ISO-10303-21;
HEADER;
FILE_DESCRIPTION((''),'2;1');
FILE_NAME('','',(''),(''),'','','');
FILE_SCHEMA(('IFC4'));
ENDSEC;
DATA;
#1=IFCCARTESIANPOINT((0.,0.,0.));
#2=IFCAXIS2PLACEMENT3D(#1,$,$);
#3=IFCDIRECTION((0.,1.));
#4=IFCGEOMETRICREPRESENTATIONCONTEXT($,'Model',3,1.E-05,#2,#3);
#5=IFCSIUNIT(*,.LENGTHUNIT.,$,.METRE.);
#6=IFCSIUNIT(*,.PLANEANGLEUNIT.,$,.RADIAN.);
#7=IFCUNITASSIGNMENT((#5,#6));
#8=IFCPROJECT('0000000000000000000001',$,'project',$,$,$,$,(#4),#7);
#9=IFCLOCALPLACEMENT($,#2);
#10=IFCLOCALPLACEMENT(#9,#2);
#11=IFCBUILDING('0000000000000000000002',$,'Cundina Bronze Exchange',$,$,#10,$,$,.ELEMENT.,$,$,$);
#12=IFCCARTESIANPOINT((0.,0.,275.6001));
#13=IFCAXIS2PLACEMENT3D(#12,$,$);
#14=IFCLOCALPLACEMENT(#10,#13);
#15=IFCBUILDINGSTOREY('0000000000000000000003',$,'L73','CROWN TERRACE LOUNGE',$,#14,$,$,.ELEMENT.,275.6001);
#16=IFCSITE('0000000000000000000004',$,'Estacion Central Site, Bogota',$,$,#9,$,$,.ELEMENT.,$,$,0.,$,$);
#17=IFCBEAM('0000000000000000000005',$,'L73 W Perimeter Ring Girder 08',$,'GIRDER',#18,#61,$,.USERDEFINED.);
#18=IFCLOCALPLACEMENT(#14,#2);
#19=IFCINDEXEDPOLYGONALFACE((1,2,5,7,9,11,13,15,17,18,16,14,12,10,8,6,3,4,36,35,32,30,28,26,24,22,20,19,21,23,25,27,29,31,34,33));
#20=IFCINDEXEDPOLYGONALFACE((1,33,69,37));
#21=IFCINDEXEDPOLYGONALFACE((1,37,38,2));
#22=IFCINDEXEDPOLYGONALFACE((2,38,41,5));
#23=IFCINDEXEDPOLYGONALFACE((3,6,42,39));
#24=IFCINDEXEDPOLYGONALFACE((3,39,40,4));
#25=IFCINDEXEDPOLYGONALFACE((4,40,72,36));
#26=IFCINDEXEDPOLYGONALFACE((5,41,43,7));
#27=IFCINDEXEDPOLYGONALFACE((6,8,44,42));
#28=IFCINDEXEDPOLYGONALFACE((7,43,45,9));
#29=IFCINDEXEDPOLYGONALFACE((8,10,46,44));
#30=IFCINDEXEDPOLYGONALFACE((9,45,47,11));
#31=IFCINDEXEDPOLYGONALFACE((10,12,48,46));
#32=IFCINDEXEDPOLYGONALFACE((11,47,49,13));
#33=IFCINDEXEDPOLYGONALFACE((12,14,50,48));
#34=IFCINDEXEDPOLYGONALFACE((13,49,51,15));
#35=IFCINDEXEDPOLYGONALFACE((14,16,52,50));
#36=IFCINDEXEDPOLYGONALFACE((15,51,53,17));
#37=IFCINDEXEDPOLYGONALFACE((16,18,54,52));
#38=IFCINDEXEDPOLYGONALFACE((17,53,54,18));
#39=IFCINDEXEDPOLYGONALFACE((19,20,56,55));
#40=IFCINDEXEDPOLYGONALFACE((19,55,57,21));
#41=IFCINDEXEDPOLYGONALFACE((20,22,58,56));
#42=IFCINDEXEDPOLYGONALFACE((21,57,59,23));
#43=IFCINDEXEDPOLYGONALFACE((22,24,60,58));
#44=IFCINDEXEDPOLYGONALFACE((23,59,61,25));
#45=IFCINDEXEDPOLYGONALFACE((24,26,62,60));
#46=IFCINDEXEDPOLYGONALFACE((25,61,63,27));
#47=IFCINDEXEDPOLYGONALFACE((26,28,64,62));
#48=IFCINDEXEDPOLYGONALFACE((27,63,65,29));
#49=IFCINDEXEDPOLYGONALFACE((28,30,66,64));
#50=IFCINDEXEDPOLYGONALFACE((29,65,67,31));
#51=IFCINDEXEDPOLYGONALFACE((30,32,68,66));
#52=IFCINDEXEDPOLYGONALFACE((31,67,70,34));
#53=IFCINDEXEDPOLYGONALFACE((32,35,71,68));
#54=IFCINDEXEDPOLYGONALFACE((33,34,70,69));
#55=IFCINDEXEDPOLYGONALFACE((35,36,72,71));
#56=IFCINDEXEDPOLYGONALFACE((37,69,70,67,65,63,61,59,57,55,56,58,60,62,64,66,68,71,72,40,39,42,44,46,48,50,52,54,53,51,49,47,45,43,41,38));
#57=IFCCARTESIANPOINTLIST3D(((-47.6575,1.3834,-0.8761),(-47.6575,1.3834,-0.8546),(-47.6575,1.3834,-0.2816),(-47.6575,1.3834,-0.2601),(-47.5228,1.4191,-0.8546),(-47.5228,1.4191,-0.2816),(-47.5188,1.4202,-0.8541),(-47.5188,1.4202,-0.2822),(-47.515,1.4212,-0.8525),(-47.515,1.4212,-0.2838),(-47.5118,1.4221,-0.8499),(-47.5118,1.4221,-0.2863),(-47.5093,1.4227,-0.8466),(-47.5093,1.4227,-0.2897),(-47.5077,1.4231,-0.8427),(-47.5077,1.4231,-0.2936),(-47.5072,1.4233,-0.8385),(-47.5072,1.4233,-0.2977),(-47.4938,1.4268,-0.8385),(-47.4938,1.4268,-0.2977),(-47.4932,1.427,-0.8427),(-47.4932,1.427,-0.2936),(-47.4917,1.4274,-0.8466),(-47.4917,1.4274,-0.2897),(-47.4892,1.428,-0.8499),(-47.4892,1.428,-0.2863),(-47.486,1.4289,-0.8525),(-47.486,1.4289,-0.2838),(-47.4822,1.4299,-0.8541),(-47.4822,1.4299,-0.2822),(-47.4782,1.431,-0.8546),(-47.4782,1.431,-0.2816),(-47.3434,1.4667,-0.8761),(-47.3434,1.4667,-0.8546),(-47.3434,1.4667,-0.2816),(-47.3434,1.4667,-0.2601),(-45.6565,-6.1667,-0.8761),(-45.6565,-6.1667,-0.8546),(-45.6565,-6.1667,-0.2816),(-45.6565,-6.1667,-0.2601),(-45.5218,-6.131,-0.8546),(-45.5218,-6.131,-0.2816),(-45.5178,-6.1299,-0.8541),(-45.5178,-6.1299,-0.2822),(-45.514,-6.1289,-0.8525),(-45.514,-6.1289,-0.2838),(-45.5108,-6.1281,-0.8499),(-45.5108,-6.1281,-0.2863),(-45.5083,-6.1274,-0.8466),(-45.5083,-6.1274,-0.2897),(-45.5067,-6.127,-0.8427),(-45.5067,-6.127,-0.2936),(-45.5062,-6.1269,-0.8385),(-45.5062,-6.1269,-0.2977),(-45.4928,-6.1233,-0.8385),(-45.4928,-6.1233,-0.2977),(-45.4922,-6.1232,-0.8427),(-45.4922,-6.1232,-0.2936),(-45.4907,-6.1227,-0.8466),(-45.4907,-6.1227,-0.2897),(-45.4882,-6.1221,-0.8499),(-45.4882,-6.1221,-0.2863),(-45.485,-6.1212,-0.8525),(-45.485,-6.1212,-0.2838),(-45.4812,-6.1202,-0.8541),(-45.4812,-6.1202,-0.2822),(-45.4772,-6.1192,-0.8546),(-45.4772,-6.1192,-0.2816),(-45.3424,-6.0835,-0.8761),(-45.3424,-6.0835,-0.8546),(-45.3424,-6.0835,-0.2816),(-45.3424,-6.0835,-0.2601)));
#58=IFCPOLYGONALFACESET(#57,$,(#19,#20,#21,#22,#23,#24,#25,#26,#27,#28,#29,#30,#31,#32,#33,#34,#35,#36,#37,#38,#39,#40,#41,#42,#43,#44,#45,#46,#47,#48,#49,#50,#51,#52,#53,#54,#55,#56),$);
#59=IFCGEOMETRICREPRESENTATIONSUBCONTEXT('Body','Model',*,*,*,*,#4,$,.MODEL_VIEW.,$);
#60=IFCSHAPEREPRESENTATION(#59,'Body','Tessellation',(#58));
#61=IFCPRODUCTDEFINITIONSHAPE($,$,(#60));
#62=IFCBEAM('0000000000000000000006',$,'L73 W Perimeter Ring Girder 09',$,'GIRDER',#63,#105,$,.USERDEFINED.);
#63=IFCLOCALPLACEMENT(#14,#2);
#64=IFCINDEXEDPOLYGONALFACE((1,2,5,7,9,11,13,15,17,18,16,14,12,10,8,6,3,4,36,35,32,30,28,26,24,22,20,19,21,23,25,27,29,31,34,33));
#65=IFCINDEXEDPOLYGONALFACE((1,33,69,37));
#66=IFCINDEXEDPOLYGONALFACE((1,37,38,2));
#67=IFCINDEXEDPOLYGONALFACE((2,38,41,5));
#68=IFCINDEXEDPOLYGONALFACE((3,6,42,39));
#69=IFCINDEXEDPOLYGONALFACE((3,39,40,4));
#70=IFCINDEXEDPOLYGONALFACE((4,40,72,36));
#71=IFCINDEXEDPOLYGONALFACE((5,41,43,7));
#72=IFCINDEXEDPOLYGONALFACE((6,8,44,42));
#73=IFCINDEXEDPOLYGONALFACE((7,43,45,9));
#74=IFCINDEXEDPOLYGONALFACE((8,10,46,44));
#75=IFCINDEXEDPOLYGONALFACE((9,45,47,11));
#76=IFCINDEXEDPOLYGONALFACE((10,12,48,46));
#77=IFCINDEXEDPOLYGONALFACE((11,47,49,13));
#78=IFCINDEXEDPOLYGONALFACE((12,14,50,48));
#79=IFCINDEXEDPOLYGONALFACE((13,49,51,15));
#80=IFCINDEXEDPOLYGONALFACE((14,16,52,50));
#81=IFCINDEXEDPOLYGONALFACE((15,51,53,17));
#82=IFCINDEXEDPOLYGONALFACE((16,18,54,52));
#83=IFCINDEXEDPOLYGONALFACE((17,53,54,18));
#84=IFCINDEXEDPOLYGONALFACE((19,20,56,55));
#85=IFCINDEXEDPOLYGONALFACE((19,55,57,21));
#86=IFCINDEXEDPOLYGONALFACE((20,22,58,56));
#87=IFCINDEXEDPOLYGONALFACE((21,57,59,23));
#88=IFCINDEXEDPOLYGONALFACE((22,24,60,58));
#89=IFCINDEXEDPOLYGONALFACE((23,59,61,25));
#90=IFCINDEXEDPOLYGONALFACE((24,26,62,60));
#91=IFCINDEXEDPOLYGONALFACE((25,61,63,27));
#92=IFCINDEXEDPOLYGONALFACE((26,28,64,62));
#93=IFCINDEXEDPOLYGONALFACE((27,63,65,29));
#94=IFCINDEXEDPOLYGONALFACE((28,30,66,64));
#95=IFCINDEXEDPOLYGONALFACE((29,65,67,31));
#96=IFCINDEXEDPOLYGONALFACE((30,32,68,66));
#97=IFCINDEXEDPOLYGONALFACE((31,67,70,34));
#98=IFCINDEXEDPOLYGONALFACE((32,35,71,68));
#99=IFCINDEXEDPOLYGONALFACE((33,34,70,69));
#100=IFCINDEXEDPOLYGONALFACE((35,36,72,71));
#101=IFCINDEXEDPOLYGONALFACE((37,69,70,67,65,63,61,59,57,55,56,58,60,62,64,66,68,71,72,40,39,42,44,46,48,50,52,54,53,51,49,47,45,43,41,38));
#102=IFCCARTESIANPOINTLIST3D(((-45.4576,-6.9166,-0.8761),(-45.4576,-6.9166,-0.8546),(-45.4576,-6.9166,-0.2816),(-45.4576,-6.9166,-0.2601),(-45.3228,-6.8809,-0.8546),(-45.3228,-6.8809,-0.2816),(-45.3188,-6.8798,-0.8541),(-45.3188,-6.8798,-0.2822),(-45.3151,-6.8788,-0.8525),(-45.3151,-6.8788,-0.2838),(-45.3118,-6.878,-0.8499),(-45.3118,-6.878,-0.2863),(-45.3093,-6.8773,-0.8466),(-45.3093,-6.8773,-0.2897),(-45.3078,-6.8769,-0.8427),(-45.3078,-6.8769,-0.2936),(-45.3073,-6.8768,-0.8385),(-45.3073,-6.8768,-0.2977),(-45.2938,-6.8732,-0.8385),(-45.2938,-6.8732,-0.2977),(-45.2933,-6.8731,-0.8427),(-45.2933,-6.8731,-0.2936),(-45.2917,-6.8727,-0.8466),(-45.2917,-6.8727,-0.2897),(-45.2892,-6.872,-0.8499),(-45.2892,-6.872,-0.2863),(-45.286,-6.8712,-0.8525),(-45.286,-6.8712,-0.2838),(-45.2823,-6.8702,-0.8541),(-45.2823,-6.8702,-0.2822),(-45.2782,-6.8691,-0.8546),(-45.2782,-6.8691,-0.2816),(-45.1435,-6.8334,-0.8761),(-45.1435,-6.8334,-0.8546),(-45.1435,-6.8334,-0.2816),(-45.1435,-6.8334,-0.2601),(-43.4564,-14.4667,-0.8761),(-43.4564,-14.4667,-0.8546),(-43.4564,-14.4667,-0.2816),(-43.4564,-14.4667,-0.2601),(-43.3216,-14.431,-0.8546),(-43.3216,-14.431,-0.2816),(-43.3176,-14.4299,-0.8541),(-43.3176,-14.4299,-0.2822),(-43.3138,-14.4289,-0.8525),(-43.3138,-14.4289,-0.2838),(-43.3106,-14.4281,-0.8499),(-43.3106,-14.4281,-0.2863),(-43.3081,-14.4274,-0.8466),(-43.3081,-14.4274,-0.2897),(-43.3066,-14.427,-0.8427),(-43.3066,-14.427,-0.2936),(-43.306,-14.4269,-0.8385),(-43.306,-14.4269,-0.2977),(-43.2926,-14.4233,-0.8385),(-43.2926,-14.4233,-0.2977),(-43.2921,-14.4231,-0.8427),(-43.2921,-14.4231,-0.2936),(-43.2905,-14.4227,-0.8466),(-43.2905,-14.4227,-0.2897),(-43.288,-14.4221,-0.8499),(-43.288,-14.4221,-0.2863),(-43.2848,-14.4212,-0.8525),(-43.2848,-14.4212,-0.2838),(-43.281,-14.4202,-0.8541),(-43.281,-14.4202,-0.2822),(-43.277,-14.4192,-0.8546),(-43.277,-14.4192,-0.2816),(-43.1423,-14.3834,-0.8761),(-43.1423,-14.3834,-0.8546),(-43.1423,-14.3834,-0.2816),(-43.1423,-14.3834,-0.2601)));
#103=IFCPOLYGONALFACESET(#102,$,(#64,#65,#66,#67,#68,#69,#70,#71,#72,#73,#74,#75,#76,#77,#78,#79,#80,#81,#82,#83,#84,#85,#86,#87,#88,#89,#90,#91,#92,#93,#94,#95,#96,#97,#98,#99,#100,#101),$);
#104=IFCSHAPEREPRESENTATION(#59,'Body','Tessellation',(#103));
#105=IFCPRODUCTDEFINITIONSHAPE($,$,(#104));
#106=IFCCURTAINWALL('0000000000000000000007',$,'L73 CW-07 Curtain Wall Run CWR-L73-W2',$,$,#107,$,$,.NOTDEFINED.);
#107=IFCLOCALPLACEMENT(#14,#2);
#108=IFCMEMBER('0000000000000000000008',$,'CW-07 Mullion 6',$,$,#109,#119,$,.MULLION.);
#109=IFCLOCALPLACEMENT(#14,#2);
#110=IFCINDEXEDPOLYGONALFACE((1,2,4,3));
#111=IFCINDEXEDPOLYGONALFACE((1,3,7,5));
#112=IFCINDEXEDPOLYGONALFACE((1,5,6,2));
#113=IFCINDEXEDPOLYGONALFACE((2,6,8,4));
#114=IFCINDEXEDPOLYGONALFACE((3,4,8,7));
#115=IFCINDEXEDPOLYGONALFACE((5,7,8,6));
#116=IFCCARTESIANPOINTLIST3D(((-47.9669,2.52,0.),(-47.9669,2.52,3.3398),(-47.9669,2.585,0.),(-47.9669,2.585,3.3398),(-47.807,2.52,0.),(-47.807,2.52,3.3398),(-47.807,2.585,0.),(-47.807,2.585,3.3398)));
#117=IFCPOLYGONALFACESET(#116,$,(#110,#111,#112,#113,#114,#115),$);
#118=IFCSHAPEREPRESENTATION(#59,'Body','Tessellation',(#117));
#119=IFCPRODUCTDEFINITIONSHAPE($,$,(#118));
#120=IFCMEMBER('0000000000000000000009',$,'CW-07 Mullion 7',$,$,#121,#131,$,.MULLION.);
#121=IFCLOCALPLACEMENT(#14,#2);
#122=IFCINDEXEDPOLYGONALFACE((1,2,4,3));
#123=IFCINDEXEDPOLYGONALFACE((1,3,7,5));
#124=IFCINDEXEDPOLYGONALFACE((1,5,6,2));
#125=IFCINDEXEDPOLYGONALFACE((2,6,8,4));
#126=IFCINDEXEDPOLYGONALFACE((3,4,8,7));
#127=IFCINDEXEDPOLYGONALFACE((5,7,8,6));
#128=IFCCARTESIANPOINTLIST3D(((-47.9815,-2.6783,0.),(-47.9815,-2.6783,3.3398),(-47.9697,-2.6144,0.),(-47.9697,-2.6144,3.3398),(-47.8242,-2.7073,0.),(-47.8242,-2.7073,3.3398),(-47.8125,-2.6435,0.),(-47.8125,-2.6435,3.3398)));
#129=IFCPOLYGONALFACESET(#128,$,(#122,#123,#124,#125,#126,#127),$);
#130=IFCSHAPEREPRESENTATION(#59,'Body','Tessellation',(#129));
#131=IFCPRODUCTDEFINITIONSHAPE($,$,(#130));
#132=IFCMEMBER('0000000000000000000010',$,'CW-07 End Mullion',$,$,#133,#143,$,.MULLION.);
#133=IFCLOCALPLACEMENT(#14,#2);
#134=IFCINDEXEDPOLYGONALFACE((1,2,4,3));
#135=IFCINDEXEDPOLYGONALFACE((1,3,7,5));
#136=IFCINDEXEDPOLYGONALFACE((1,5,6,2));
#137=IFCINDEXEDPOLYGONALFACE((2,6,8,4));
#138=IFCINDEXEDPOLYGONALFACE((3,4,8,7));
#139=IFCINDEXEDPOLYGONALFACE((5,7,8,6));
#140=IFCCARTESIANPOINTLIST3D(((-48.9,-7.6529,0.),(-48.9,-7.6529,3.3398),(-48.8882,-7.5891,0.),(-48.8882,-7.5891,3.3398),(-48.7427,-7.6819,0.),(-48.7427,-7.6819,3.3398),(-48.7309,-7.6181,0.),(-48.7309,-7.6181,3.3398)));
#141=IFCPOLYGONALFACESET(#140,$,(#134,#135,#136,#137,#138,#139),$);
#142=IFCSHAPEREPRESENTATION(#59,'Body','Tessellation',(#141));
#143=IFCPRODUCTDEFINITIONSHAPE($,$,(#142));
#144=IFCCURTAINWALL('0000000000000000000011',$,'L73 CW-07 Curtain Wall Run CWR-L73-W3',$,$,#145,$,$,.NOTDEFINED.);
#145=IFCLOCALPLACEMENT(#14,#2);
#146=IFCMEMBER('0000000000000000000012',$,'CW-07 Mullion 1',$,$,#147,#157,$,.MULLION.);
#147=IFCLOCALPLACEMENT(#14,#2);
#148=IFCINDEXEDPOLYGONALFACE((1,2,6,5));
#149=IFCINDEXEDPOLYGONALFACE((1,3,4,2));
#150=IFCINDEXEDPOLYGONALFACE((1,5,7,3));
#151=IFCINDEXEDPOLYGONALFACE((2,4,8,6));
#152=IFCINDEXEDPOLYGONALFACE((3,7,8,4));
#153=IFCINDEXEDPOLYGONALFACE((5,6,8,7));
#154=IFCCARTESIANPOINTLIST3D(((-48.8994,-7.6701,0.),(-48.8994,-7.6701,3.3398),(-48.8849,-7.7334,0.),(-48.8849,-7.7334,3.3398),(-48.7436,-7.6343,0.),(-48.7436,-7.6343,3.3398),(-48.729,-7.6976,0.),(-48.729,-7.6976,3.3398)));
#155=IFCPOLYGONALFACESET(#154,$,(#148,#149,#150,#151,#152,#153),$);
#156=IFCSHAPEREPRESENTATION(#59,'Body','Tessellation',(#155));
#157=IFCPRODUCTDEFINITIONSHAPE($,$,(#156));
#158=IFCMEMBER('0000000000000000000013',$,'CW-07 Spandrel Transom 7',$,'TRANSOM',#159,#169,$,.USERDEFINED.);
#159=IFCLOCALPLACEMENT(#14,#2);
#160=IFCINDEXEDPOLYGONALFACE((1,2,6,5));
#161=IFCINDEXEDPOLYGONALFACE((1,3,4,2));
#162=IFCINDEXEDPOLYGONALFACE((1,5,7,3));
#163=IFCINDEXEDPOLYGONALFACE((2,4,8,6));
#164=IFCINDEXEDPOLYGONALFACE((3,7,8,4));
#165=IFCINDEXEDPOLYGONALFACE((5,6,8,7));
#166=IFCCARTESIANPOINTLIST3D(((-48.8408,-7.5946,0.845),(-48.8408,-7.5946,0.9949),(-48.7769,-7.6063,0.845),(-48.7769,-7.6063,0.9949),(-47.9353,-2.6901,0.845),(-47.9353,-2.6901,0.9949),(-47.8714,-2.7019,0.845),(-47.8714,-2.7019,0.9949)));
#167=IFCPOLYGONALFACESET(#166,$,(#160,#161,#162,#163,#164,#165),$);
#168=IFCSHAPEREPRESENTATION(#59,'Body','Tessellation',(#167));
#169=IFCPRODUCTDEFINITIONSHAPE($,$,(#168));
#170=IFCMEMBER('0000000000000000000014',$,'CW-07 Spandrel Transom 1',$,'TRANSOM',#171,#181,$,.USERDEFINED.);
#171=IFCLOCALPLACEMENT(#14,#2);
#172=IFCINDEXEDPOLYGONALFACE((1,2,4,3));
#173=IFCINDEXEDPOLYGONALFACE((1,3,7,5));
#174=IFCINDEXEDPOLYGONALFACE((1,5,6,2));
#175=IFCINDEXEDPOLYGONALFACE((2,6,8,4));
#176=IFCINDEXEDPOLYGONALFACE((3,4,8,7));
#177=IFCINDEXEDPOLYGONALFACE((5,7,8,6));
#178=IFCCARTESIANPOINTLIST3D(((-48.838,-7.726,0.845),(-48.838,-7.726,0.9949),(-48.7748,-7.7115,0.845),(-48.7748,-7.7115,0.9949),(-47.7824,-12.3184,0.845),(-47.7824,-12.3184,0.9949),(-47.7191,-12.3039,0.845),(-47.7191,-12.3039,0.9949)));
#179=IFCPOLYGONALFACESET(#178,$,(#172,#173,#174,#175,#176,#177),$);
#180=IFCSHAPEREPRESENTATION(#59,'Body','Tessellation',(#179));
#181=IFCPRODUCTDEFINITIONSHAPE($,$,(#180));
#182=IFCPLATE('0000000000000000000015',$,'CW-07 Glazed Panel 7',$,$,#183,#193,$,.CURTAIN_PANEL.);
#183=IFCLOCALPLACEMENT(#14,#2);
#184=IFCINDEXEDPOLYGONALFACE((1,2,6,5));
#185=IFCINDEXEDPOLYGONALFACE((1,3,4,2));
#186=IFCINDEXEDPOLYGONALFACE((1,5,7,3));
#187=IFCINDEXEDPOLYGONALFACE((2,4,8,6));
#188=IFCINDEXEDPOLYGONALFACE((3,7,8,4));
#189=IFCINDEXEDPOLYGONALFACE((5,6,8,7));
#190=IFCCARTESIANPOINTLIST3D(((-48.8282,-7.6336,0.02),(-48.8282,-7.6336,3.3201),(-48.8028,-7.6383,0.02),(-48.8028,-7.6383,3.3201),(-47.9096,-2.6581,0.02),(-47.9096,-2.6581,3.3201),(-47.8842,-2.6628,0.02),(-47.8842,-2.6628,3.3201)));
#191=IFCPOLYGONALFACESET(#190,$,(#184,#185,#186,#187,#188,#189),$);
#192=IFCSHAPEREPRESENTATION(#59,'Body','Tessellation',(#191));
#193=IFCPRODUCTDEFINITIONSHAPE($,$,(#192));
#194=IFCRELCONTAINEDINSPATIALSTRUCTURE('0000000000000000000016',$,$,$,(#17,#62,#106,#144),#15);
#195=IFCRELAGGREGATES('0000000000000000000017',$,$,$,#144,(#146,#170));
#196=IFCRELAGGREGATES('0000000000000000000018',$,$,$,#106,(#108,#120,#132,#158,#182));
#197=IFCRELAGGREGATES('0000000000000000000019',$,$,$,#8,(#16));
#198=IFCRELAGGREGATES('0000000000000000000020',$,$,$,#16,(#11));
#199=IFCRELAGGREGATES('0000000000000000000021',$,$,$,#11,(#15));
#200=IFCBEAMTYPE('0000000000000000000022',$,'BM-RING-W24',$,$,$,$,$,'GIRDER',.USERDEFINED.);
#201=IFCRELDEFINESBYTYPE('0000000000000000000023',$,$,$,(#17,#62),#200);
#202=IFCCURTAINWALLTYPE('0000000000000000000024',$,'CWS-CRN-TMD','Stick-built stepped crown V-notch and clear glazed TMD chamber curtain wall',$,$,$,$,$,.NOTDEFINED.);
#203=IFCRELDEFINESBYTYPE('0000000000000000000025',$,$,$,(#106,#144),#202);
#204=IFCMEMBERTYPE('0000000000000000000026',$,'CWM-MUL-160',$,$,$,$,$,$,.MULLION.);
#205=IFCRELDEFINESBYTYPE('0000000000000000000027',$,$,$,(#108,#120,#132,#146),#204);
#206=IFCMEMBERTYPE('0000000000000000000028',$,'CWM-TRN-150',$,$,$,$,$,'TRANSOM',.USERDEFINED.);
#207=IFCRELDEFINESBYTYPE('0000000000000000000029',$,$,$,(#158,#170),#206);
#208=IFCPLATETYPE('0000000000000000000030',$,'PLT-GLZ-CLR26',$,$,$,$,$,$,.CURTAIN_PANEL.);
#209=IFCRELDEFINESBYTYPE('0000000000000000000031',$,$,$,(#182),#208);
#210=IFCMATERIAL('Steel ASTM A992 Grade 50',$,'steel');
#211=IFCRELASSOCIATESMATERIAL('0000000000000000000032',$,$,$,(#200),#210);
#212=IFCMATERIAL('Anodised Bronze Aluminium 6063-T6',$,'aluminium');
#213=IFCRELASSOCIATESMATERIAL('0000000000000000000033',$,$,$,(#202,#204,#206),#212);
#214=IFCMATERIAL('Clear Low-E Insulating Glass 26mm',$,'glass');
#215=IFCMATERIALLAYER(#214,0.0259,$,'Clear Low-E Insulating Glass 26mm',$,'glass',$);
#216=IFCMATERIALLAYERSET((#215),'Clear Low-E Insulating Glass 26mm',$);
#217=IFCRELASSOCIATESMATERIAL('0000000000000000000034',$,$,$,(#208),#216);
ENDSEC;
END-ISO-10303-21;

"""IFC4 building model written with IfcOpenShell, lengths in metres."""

from ifc_helpers import new_model, si_unit, direction, frame, origin, origin_2d, place, context, subcontext, project, spatial, rectangle, i_section, extrude, material, layer, layer_set, material_profile, profile_set, type_object, element, aggregate, save


model = new_model("IFC4")

# Units and contexts
model_context = context("Model", 3, precision=1e-05, world=origin(), true_north=direction((0.0, 1.0)))
body_context = subcontext(model_context, "Body", "Model", "MODEL_VIEW")
ifc_project = project(units=[si_unit("LENGTHUNIT", "METRE"), si_unit("PLANEANGLEUNIT", "RADIAN")], contexts=[model_context])

# Site, building, storey
site_placement = place(None, origin())
site = spatial("IfcSite", under=ifc_project, at=site_placement, Name="Estacion Central Site, Bogota", CompositionType="ELEMENT", RefElevation=0.0)
building_placement = place(site_placement, origin())
building = spatial("IfcBuilding", under=site, at=building_placement, Name="Cundina Bronze Exchange", CompositionType="ELEMENT")
storey_placement = place(building_placement, frame((0.0, 0.0, 275.6001)))
storey = spatial("IfcBuildingStorey", under=building, at=storey_placement, Name="L73", Description="CROWN TERRACE LOUNGE", CompositionType="ELEMENT", Elevation=275.6001)

# Beams
ifc_material_1 = material(Name="Steel ASTM A992 Grade 50", Category="steel")
ifc_material_profile_1 = material_profile(ifc_material_1, i_section(OverallWidth=0.325, OverallDepth=0.616, WebThickness=0.0139, FlangeThickness=0.0215, FilletRadius=0.0161, at=origin_2d()), Name="W24X117", Category="steel")
ifc_profile_set_1 = profile_set([ifc_material_profile_1], Name="Steel ASTM A992 Grade 50")
beam_type_1 = type_object("IfcBeamType", Name="BM-RING-W24", ElementType="GIRDER", PredefinedType="USERDEFINED", material=ifc_profile_set_1)
for number, where, z_axis, x_axis, name in (
    (1, (-47.5005, 1.425, -0.5681), (0.256184, -0.966628, 0.0), (0.966628, 0.256184, 0.0), "L73 W Perimeter Ring Girder 08"),
    (2, (-45.3005, -6.875, -0.5681), (0.256213, -0.96662, 0.0), (0.96662, 0.256213, 0.0), "L73 W Perimeter Ring Girder 09"),
):
    element("IfcBeam", number, at=place(storey_placement, frame(where, z_axis=z_axis, x_axis=x_axis)), inside=storey, type_object=beam_type_1, Name=name, ObjectType="GIRDER", PredefinedType="USERDEFINED", context=body_context, shape_type="SweptSolid", body=[
        extrude(i_section(OverallWidth=0.325, OverallDepth=0.616, WebThickness=0.0139, FlangeThickness=0.0215, FilletRadius=0.0161, at=origin_2d()), origin(), (0.0, 0.0, 1.0), 7.8108),
    ])

# Curtain wall, members
ifc_material_2 = material(Name="Anodised Bronze Aluminium 6063-T6", Category="aluminium")
curtain_wall_type = type_object("IfcCurtainWallType", Name="CWS-CRN-TMD", Description="Stick-built stepped crown V-notch and clear glazed TMD chamber curtain wall", PredefinedType="NOTDEFINED", material=ifc_material_2)
curtain_wall_1_placement = place(storey_placement, origin())
curtain_wall_1 = element("IfcCurtainWall", 3, at=curtain_wall_1_placement, inside=storey, type_object=curtain_wall_type, Name="L73 CW-07 Curtain Wall Run CWR-L73-W2", PredefinedType="NOTDEFINED")
ifc_material_profile_2 = material_profile(ifc_material_2, rectangle(XDim=0.0649, YDim=0.1599, at=origin_2d()), Name="AL65X160", Category="aluminium")
ifc_profile_set_2 = profile_set([ifc_material_profile_2], Name="Anodised Bronze Aluminium 6063-T6")
member_type_1 = type_object("IfcMemberType", Name="CWM-MUL-160", PredefinedType="MULLION", material=ifc_profile_set_2)
member_1_placement = place(storey_placement, frame((-47.887, 2.5525, 0.0), z_axis=(0.0, 0.0, 1.0), x_axis=(0.0, -1.0, 0.0)))
member_1 = element("IfcMember", 4, at=member_1_placement, type_object=member_type_1, Name="CW-07 Mullion 6", PredefinedType="MULLION", context=body_context, shape_type="SweptSolid", body=[
    extrude(rectangle(XDim=0.0649, YDim=0.1599, at=origin_2d()), origin(), (0.0, 0.0, 1.0), 3.3398),
])
member_2_placement = place(storey_placement, frame((-47.897, -2.6609, 0.0), z_axis=(0.0, 0.0, 1.0), x_axis=(-0.181549, -0.983382, 0.0)))
member_2 = element("IfcMember", 5, at=member_2_placement, type_object=member_type_1, Name="CW-07 Mullion 7", PredefinedType="MULLION", context=body_context, shape_type="SweptSolid", body=[
    extrude(rectangle(XDim=0.0649, YDim=0.1599, at=origin_2d()), origin(), (0.0, 0.0, 1.0), 3.3398),
])
member_3_placement = place(storey_placement, frame((-48.8154, -7.6355, 0.0), z_axis=(0.0, 0.0, 1.0), x_axis=(-0.181549, -0.983382, 0.0)))
member_3 = element("IfcMember", 6, at=member_3_placement, type_object=member_type_1, Name="CW-07 End Mullion", PredefinedType="MULLION", context=body_context, shape_type="SweptSolid", body=[
    extrude(rectangle(XDim=0.0649, YDim=0.1599, at=origin_2d()), origin(), (0.0, 0.0, 1.0), 3.3398),
])

# Curtain wall, member
curtain_wall_2_placement = place(storey_placement, origin())
curtain_wall_2 = element("IfcCurtainWall", 7, at=curtain_wall_2_placement, inside=storey, type_object=curtain_wall_type, Name="L73 CW-07 Curtain Wall Run CWR-L73-W3", PredefinedType="NOTDEFINED")
member_4_placement = place(storey_placement, frame((-48.8142, -7.6838, 0.0), z_axis=(0.0, 0.0, 1.0), x_axis=(0.223931, -0.974605, 0.0)))
member_4 = element("IfcMember", 8, at=member_4_placement, type_object=member_type_1, Name="CW-07 Mullion 1", PredefinedType="MULLION", context=body_context, shape_type="SweptSolid", body=[
    extrude(rectangle(XDim=0.0649, YDim=0.1599, at=origin_2d()), origin(), (0.0, 0.0, 1.0), 3.3398),
])

# Members
ifc_material_profile_3 = material_profile(ifc_material_2, rectangle(XDim=0.0649, YDim=0.1499, at=origin_2d()), Name="AL65X150", Category="aluminium")
ifc_profile_set_3 = profile_set([ifc_material_profile_3], Name="Anodised Bronze Aluminium 6063-T6")
member_type_2 = type_object("IfcMemberType", Name="CWM-TRN-150", ElementType="TRANSOM", PredefinedType="USERDEFINED", material=ifc_profile_set_3)
member_5_placement = place(storey_placement, frame((-47.9033, -2.696, 0.9199), z_axis=(-0.181569, -0.983378, 0.0), x_axis=(0.983378, -0.181569, 0.0)))
member_5 = element("IfcMember", 9, at=member_5_placement, type_object=member_type_2, Name="CW-07 Spandrel Transom 7", ObjectType="TRANSOM", PredefinedType="USERDEFINED", context=body_context, shape_type="SweptSolid", body=[
    extrude(rectangle(XDim=0.0649, YDim=0.1499, at=origin_2d()), origin(), (0.0, 0.0, 1.0), 4.9873),
])
member_6_placement = place(storey_placement, frame((-48.8064, -7.7188, 0.9199), z_axis=(0.224035, -0.974581, 0.0), x_axis=(0.974581, 0.224035, 0.0)))
member_6 = element("IfcMember", 10, at=member_6_placement, type_object=member_type_2, Name="CW-07 Spandrel Transom 1", ObjectType="TRANSOM", PredefinedType="USERDEFINED", context=body_context, shape_type="SweptSolid", body=[
    extrude(rectangle(XDim=0.0649, YDim=0.1499, at=origin_2d()), origin(), (0.0, 0.0, 1.0), 4.7122),
])

# Plate
ifc_material_3 = material(Name="Clear Low-E Insulating Glass 26mm", Category="glass")
ifc_layer_1 = layer(ifc_material_3, 0.0259, Name="Clear Low-E Insulating Glass 26mm", Category="glass")
ifc_layer_set_1 = layer_set([ifc_layer_1], Name="Clear Low-E Insulating Glass 26mm")
plate_type_1 = type_object("IfcPlateType", Name="PLT-GLZ-CLR26", PredefinedType="CURTAIN_PANEL", material=ifc_layer_set_1)
plate_1_placement = place(storey_placement, frame((-48.3562, -5.1482, 0.02), z_axis=(0.0, 0.0, 1.0), x_axis=(-0.181566, -0.983379, 0.0)))
plate_1 = element("IfcPlate", 11, at=plate_1_placement, type_object=plate_type_1, Name="CW-07 Glazed Panel 7", PredefinedType="CURTAIN_PANEL", context=body_context, shape_type="SweptSolid", body=[
    extrude(rectangle(XDim=5.0596, YDim=0.0259, at=origin_2d()), origin(), (0.0, 0.0, 1.0), 3.3),
])
aggregate(curtain_wall_2, [member_4, member_6])
aggregate(curtain_wall_1, [member_1, member_2, member_3, member_5, plate_1])

save(model, "model.ifc")
